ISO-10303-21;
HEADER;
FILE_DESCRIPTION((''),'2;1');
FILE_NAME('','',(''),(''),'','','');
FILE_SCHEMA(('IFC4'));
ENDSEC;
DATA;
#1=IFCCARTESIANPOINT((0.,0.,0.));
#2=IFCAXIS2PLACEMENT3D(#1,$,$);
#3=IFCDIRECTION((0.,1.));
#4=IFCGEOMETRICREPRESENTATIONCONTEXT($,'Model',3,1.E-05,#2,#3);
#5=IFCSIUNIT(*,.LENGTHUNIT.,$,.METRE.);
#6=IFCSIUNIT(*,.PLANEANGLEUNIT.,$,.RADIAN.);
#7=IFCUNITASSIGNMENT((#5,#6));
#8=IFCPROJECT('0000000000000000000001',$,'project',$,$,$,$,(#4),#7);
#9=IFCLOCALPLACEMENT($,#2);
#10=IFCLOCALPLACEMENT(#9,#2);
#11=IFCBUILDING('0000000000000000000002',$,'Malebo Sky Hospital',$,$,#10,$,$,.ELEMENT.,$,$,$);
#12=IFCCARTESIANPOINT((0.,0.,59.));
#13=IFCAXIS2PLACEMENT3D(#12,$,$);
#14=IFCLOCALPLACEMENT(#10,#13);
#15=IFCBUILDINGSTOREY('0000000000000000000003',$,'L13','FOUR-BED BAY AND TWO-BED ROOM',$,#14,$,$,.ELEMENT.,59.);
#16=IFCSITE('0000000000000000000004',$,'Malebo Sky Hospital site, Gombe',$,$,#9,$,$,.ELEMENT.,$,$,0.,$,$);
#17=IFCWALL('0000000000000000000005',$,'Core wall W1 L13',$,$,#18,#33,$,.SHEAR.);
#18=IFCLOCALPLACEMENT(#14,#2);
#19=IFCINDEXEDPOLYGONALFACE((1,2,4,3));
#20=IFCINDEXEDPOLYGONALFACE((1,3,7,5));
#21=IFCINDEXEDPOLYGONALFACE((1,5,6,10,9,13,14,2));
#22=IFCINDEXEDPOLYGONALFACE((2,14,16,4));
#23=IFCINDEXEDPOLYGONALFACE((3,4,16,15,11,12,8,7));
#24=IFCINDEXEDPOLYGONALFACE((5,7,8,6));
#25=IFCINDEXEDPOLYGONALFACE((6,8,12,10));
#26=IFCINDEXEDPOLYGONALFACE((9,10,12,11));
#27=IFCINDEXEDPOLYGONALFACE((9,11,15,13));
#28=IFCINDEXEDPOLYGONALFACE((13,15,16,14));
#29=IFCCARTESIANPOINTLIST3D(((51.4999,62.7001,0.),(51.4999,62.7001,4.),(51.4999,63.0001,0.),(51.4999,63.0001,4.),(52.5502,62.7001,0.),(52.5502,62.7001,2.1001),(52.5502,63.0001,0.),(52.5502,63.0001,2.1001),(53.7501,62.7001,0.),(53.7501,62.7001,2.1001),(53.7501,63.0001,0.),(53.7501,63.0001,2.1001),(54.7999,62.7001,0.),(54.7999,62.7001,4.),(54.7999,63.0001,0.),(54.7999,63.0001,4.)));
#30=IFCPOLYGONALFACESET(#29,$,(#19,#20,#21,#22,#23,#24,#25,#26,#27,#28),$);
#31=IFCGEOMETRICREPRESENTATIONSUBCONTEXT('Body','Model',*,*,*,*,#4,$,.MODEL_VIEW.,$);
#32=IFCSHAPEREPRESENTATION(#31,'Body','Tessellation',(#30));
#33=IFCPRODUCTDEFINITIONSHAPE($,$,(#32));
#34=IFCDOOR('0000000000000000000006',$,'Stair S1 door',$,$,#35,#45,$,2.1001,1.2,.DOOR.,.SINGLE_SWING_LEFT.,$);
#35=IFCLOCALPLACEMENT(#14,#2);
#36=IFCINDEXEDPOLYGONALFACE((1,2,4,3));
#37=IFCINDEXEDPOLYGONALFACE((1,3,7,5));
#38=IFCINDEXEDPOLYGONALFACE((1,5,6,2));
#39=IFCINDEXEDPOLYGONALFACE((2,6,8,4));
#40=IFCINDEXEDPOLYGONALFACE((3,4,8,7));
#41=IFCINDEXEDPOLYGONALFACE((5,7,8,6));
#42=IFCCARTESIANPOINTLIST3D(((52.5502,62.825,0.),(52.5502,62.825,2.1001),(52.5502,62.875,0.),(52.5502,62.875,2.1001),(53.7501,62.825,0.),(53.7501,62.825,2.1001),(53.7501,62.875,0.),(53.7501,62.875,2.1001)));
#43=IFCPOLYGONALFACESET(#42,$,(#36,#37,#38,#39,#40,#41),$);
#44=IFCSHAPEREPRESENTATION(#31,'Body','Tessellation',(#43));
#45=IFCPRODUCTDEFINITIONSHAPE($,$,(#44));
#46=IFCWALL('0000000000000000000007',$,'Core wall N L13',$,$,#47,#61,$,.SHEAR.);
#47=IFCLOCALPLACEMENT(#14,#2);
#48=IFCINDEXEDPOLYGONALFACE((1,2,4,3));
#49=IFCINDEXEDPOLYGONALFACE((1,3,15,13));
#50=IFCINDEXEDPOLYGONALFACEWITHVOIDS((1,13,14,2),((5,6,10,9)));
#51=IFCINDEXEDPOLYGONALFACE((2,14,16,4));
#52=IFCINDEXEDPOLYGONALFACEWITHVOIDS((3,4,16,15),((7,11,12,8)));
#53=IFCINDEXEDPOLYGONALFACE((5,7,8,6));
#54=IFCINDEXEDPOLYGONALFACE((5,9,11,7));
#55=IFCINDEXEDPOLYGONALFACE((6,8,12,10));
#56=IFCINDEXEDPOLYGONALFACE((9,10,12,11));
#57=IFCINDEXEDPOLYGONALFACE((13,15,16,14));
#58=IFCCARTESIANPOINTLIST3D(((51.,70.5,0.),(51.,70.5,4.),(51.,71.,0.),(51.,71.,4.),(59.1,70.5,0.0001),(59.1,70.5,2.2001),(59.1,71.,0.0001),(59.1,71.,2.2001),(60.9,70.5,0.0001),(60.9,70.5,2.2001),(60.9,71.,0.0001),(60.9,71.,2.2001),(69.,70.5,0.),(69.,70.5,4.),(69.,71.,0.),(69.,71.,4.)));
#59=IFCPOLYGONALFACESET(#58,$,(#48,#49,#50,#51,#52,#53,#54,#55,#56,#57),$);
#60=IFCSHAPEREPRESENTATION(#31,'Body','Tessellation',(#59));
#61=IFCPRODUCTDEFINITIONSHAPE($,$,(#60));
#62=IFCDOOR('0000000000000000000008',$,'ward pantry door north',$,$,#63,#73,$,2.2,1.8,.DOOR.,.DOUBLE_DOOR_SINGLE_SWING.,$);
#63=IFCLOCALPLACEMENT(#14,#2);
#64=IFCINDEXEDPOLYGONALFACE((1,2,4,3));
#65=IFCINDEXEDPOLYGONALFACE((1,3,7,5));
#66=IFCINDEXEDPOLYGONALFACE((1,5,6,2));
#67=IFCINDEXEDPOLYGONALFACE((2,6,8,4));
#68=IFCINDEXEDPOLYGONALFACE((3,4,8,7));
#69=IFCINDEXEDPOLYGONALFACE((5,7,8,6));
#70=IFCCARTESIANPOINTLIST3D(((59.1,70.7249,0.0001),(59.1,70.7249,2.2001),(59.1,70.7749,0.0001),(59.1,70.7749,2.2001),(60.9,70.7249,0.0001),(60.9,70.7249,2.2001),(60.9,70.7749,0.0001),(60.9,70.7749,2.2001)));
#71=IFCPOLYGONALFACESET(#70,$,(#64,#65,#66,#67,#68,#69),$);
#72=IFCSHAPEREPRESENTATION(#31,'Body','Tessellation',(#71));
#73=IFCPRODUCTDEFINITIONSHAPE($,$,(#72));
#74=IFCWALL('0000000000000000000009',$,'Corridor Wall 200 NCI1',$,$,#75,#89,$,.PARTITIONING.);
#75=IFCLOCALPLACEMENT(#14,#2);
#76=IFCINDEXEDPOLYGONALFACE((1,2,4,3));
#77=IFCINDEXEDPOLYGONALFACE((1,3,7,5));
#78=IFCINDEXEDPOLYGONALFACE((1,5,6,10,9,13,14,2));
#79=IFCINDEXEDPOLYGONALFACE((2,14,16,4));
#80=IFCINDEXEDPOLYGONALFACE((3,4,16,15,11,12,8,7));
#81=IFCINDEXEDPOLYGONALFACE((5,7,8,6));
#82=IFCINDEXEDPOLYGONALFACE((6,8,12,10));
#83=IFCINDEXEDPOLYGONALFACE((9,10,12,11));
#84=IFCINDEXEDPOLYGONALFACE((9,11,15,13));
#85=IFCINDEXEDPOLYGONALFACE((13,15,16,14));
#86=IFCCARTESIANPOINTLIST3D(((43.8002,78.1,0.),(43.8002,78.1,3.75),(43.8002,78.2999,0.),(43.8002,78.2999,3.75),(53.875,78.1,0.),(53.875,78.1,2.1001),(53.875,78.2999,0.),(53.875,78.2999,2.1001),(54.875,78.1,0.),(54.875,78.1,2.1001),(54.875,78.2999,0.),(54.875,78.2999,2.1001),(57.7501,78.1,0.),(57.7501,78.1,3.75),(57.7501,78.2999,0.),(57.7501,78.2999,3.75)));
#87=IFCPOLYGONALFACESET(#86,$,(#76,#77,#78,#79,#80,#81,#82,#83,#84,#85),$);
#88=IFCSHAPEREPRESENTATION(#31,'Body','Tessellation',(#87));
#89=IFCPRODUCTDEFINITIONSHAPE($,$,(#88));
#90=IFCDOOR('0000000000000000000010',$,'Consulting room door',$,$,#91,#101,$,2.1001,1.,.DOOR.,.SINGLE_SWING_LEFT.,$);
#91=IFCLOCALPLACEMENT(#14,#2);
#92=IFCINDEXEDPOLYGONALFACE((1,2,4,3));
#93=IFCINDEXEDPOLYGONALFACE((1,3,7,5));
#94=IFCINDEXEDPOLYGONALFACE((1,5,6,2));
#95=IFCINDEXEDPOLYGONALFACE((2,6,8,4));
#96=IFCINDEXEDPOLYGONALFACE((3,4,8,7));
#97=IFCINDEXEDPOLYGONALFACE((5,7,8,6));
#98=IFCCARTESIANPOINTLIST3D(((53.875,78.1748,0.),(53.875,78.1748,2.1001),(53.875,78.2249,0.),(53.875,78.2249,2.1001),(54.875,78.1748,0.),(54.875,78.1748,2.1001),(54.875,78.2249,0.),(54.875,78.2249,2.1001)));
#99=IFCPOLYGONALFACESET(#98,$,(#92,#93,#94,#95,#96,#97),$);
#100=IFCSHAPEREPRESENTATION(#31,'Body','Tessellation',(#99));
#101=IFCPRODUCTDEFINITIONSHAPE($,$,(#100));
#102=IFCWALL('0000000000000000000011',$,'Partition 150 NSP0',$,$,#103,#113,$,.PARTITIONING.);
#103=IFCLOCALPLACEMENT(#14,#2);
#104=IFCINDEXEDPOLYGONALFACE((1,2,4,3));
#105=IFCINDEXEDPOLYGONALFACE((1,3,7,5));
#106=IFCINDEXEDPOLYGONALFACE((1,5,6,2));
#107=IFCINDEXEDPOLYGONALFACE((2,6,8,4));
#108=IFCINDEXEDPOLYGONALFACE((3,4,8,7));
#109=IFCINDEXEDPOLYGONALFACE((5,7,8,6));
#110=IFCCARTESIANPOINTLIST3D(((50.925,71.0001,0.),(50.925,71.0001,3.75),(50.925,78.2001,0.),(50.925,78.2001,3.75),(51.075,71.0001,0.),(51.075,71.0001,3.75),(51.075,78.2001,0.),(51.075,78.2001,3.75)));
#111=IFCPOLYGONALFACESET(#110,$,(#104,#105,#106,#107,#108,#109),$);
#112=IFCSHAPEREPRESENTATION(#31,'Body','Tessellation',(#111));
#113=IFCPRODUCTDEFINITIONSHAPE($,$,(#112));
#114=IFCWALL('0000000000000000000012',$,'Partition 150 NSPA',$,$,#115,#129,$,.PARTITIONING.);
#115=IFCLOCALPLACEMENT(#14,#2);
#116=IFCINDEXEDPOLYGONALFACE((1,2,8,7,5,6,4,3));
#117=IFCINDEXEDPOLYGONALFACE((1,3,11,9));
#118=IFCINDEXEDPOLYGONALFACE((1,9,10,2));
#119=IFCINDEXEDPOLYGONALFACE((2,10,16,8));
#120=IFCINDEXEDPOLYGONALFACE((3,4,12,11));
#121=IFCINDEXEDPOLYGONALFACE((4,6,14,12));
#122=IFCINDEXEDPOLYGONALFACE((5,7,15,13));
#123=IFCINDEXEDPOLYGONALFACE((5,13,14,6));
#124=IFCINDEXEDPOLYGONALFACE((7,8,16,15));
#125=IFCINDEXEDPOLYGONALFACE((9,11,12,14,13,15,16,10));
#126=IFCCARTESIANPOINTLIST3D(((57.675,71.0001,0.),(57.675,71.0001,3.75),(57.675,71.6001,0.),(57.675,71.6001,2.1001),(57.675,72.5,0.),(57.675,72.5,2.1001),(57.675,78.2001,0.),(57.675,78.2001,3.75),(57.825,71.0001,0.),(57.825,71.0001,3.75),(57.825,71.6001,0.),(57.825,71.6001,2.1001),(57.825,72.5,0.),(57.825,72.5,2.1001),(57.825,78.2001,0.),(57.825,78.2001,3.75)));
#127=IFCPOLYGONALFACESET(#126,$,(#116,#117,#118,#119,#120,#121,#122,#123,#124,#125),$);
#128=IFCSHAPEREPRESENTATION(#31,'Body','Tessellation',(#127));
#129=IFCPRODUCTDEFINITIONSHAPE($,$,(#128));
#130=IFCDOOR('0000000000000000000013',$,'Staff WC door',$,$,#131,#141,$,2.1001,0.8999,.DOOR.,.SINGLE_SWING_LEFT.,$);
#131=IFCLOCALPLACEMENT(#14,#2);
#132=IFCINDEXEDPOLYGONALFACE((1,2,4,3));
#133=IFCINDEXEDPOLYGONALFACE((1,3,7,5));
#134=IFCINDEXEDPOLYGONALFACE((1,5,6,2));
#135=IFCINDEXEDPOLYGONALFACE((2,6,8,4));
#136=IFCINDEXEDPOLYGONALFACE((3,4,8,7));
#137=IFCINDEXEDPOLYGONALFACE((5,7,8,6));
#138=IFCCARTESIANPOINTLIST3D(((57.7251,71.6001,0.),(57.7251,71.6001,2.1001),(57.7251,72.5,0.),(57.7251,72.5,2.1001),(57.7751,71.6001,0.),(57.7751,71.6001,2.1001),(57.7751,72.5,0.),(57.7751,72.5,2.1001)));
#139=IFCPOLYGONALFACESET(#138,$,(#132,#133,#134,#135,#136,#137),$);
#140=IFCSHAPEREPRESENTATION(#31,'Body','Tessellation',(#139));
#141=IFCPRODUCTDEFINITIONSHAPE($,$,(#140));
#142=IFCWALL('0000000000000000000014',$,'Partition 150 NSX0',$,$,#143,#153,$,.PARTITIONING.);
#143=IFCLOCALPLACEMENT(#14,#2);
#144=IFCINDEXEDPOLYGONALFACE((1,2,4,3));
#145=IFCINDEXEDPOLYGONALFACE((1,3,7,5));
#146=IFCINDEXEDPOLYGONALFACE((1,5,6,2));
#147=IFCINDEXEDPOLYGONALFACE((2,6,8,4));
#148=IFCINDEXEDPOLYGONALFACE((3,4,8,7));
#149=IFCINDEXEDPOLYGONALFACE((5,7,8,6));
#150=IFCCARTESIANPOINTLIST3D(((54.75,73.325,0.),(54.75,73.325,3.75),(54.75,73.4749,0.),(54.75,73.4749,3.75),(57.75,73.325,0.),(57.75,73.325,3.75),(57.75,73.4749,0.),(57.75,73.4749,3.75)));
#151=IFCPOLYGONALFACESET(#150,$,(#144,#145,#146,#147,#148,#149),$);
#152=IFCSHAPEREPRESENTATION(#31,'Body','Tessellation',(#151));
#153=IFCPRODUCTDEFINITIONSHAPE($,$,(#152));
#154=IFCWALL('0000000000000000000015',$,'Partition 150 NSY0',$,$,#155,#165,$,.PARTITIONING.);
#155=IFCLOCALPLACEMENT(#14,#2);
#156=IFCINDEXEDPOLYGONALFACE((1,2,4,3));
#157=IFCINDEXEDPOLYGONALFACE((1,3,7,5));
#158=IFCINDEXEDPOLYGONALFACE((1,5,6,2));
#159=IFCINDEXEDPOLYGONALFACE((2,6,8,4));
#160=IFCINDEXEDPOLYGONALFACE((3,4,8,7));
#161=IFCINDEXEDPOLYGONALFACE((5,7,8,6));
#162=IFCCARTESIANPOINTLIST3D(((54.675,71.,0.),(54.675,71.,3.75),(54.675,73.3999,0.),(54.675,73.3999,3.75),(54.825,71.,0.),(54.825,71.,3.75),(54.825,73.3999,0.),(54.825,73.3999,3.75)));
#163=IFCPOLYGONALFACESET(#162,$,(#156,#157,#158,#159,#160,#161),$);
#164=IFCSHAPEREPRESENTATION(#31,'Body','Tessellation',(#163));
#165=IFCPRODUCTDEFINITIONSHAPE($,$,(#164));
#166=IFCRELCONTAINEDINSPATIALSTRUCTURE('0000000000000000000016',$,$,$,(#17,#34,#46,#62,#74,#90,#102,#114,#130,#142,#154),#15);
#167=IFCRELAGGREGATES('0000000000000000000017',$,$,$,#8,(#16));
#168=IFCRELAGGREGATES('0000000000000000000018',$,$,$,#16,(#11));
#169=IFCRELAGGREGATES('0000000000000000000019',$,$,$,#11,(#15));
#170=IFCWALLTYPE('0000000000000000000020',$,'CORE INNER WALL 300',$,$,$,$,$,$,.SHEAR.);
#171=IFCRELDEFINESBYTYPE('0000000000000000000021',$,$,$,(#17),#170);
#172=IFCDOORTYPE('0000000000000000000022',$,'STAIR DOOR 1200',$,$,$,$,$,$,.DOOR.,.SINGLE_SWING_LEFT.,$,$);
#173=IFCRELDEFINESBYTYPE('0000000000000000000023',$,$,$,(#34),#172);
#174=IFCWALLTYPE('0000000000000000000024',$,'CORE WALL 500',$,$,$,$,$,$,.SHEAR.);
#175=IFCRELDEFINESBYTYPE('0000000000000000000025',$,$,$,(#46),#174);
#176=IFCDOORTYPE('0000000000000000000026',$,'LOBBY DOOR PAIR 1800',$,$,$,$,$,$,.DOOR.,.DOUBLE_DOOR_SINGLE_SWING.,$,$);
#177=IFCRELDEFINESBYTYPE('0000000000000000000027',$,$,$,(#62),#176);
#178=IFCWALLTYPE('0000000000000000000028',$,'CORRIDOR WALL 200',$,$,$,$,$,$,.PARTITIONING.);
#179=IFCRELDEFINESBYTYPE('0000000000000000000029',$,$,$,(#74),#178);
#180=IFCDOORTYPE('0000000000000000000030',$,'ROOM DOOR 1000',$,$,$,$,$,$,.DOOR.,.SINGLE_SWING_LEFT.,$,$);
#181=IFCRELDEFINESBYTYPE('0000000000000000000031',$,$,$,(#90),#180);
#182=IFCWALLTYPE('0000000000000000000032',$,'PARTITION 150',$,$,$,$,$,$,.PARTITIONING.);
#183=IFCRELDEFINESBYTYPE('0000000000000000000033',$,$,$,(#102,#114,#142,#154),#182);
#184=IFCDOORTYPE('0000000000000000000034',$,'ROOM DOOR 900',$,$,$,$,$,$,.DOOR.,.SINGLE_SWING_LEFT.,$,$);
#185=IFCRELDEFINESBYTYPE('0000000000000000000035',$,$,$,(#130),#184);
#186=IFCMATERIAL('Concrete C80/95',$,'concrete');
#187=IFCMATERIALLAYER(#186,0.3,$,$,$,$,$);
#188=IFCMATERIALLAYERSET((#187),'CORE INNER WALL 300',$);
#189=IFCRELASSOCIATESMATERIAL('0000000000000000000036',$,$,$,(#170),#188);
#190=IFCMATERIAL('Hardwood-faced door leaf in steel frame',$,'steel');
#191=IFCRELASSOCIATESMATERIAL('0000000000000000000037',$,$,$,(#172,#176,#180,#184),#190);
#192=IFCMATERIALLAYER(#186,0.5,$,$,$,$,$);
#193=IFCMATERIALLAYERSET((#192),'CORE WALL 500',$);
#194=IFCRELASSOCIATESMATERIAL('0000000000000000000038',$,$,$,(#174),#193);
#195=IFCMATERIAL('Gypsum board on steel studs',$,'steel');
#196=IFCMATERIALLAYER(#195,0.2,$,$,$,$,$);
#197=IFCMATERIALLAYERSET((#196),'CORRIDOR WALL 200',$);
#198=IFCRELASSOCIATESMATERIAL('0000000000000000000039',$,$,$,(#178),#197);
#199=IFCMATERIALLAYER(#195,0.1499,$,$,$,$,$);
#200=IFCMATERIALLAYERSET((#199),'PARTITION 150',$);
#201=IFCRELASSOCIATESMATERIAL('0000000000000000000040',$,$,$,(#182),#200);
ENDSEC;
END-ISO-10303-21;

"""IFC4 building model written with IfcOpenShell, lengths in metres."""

from ifc_helpers import new_model, si_unit, direction, frame, frame_2d, origin, place, context, subcontext, project, spatial, rectangle, extrude, material, layer, layer_set, type_object, element, fill, save


model = new_model("IFC4")

# Units and contexts
model_context = context("Model", 3, precision=1e-05, world=origin(), true_north=direction((0.0, 1.0)))
body_context = subcontext(model_context, "Body", "Model", "MODEL_VIEW")
ifc_project = project(units=[si_unit("LENGTHUNIT", "METRE"), si_unit("PLANEANGLEUNIT", "RADIAN")], contexts=[model_context])

# Site, building, storey
site_placement = place(None, origin())
site = spatial("IfcSite", under=ifc_project, at=site_placement, Name="Malebo Sky Hospital site, Gombe", CompositionType="ELEMENT", RefElevation=0.0)
building_placement = place(site_placement, origin())
building = spatial("IfcBuilding", under=site, at=building_placement, Name="Malebo Sky Hospital", CompositionType="ELEMENT")
storey_placement = place(building_placement, frame((0.0, 0.0, 59.0)))
storey = spatial("IfcBuildingStorey", under=building, at=storey_placement, Name="L13", Description="FOUR-BED BAY AND TWO-BED ROOM", CompositionType="ELEMENT", Elevation=59.0)

# Shared definitions
ifc_material_1 = material(Name="Concrete C80/95", Category="concrete")

# Walls, openings, doors
ifc_layer_1 = layer(ifc_material_1, 0.3)
ifc_layer_set_1 = layer_set([ifc_layer_1], Name="CORE INNER WALL 300")
wall_type_1 = type_object("IfcWallType", Name="CORE INNER WALL 300", PredefinedType="SHEAR", material=ifc_layer_set_1)
wall_1_placement = place(storey_placement, frame((51.5, 62.8501, 0.0), z_axis=(0.0, 0.0, 1.0), x_axis=(1.0, 0.0, 0.0)))
wall_1 = element("IfcWall", 1, at=wall_1_placement, inside=storey, type_object=wall_type_1, Name="Core wall W1 L13", PredefinedType="SHEAR", context=body_context, shape_type="SweptSolid", body=[
    extrude(rectangle(XDim=3.3, YDim=0.3, at=frame_2d((1.6499, 0.0))), origin(), (0.0, 0.0, 1.0), 4.0),
])
opening_1_placement = place(wall_1_placement, frame((1.05, 0.0, 0.0)))
opening_1 = element("IfcOpeningElement", 2, at=opening_1_placement, cuts=wall_1, PredefinedType="OPENING", context=body_context, shape_type="SweptSolid", body=[
    extrude(rectangle(XDim=1.2, YDim=2.1001, at=frame_2d((0.6001, 1.05))), frame((0.0, 0.1599, 0.0), z_axis=(0.0, -1.0, 0.0), x_axis=(1.0, 0.0, 0.0)), (0.0, 0.0, 1.0), 0.3201),
])
ifc_material_2 = material(Name="Hardwood-faced door leaf in steel frame", Category="steel")
door_type_1 = type_object("IfcDoorType", Name="STAIR DOOR 1200", OperationType="SINGLE_SWING_LEFT", PredefinedType="DOOR", material=ifc_material_2)
door_1_placement = place(opening_1_placement, origin())
door_1 = element("IfcDoor", 3, at=door_1_placement, inside=storey, type_object=door_type_1, Name="Stair S1 door", OperationType="SINGLE_SWING_LEFT", OverallHeight=2.1001, OverallWidth=1.2, PredefinedType="DOOR", context=body_context, shape_type="SweptSolid", body=[
    extrude(rectangle(XDim=1.2, YDim=2.1001, at=frame_2d((0.6001, 1.05))), frame((0.0, 0.0249, 0.0), z_axis=(0.0, -1.0, 0.0), x_axis=(1.0, 0.0, 0.0)), (0.0, 0.0, 1.0), 0.05),
])
fill(opening_1, door_1)
ifc_layer_2 = layer(ifc_material_1, 0.5)
ifc_layer_set_2 = layer_set([ifc_layer_2], Name="CORE WALL 500")
wall_type_2 = type_object("IfcWallType", Name="CORE WALL 500", PredefinedType="SHEAR", material=ifc_layer_set_2)
wall_2_placement = place(storey_placement, frame((51.0, 70.75, 0.0), z_axis=(0.0, 0.0, 1.0), x_axis=(1.0, 0.0, 0.0)))
wall_2 = element("IfcWall", 4, at=wall_2_placement, inside=storey, type_object=wall_type_2, Name="Core wall N L13", PredefinedType="SHEAR", context=body_context, shape_type="SweptSolid", body=[
    extrude(rectangle(XDim=18.0, YDim=0.5, at=frame_2d((9.0, 0.0))), origin(), (0.0, 0.0, 1.0), 4.0),
])
opening_2_placement = place(wall_2_placement, frame((8.1001, 0.0, 0.0)))
opening_2 = element("IfcOpeningElement", 5, at=opening_2_placement, cuts=wall_2, PredefinedType="OPENING", context=body_context, shape_type="SweptSolid", body=[
    extrude(rectangle(XDim=1.8, YDim=2.2, at=frame_2d((0.8999, 1.1001))), frame((0.0, 0.26, 0.0), z_axis=(0.0, -1.0, 0.0), x_axis=(1.0, 0.0, 0.0)), (0.0, 0.0, 1.0), 0.52),
])
door_type_2 = type_object("IfcDoorType", Name="LOBBY DOOR PAIR 1800", OperationType="DOUBLE_DOOR_SINGLE_SWING", PredefinedType="DOOR", material=ifc_material_2)
door_2_placement = place(opening_2_placement, origin())
door_2 = element("IfcDoor", 6, at=door_2_placement, inside=storey, type_object=door_type_2, Name="ward pantry door north", OperationType="DOUBLE_DOOR_SINGLE_SWING", OverallHeight=2.2, OverallWidth=1.8, PredefinedType="DOOR", context=body_context, shape_type="SweptSolid", body=[
    extrude(rectangle(XDim=1.8, YDim=2.2, at=frame_2d((0.8999, 1.1001))), frame((0.0, 0.0249, 0.0), z_axis=(0.0, -1.0, 0.0), x_axis=(1.0, 0.0, 0.0)), (0.0, 0.0, 1.0), 0.05),
])
fill(opening_2, door_2)
ifc_material_3 = material(Name="Gypsum board on steel studs", Category="steel")
ifc_layer_3 = layer(ifc_material_3, 0.2)
ifc_layer_set_3 = layer_set([ifc_layer_3], Name="CORRIDOR WALL 200")
wall_type_3 = type_object("IfcWallType", Name="CORRIDOR WALL 200", PredefinedType="PARTITIONING", material=ifc_layer_set_3)
wall_3_placement = place(storey_placement, frame((43.8, 78.2, 0.0), z_axis=(0.0, 0.0, 1.0), x_axis=(1.0, 0.0, 0.0)))
wall_3 = element("IfcWall", 7, at=wall_3_placement, inside=storey, type_object=wall_type_3, Name="Corridor Wall 200 NCI1", PredefinedType="PARTITIONING", context=body_context, shape_type="SweptSolid", body=[
    extrude(rectangle(XDim=13.95, YDim=0.2, at=frame_2d((6.9751, 0.0))), origin(), (0.0, 0.0, 1.0), 3.75),
])
opening_3_placement = place(wall_3_placement, frame((10.075, 0.0, 0.0)))
opening_3 = element("IfcOpeningElement", 8, at=opening_3_placement, cuts=wall_3, PredefinedType="OPENING", context=body_context, shape_type="SweptSolid", body=[
    extrude(rectangle(XDim=1.0, YDim=2.1001, at=frame_2d((0.5, 1.05))), frame((0.0, 0.1099, 0.0), z_axis=(0.0, -1.0, 0.0), x_axis=(1.0, 0.0, 0.0)), (0.0, 0.0, 1.0), 0.22),
])
door_type_3 = type_object("IfcDoorType", Name="ROOM DOOR 1000", OperationType="SINGLE_SWING_LEFT", PredefinedType="DOOR", material=ifc_material_2)
door_3_placement = place(opening_3_placement, origin())
door_3 = element("IfcDoor", 9, at=door_3_placement, inside=storey, type_object=door_type_3, Name="Consulting room door", OperationType="SINGLE_SWING_LEFT", OverallHeight=2.1001, OverallWidth=1.0, PredefinedType="DOOR", context=body_context, shape_type="SweptSolid", body=[
    extrude(rectangle(XDim=1.0, YDim=2.1001, at=frame_2d((0.5, 1.05))), frame((0.0, 0.0249, 0.0), z_axis=(0.0, -1.0, 0.0), x_axis=(1.0, 0.0, 0.0)), (0.0, 0.0, 1.0), 0.05),
])
fill(opening_3, door_3)

# Wall
ifc_layer_4 = layer(ifc_material_3, 0.1499)
ifc_layer_set_4 = layer_set([ifc_layer_4], Name="PARTITION 150")
wall_type_4 = type_object("IfcWallType", Name="PARTITION 150", PredefinedType="PARTITIONING", material=ifc_layer_set_4)
wall_4_placement = place(storey_placement, frame((51.0, 71.0, 0.0), z_axis=(0.0, 0.0, 1.0), x_axis=(0.0, 1.0, 0.0)))
element("IfcWall", 10, at=wall_4_placement, inside=storey, type_object=wall_type_4, Name="Partition 150 NSP0", PredefinedType="PARTITIONING", context=body_context, shape_type="SweptSolid", body=[
    extrude(rectangle(XDim=7.2, YDim=0.1499, at=frame_2d((3.6001, 0.0))), origin(), (0.0, 0.0, 1.0), 3.75),
])

# Wall, opening, door
wall_5_placement = place(storey_placement, frame((57.75, 71.0, 0.0), z_axis=(0.0, 0.0, 1.0), x_axis=(0.0, 1.0, 0.0)))
wall_5 = element("IfcWall", 11, at=wall_5_placement, inside=storey, type_object=wall_type_4, Name="Partition 150 NSPA", PredefinedType="PARTITIONING", context=body_context, shape_type="SweptSolid", body=[
    extrude(rectangle(XDim=7.2, YDim=0.1499, at=frame_2d((3.6001, 0.0))), origin(), (0.0, 0.0, 1.0), 3.75),
])
opening_4_placement = place(wall_5_placement, frame((0.6001, 0.0, 0.0)))
opening_4 = element("IfcOpeningElement", 12, at=opening_4_placement, cuts=wall_5, PredefinedType="OPENING", context=body_context, shape_type="SweptSolid", body=[
    extrude(rectangle(XDim=0.8999, YDim=2.1001, at=frame_2d((0.45, 1.05))), frame((0.0, 0.085, 0.0), z_axis=(0.0, -1.0, 0.0), x_axis=(1.0, 0.0, 0.0)), (0.0, 0.0, 1.0), 0.1699),
])
door_type_4 = type_object("IfcDoorType", Name="ROOM DOOR 900", OperationType="SINGLE_SWING_LEFT", PredefinedType="DOOR", material=ifc_material_2)
door_4_placement = place(opening_4_placement, origin())
door_4 = element("IfcDoor", 13, at=door_4_placement, inside=storey, type_object=door_type_4, Name="Staff WC door", OperationType="SINGLE_SWING_LEFT", OverallHeight=2.1001, OverallWidth=0.8999, PredefinedType="DOOR", context=body_context, shape_type="SweptSolid", body=[
    extrude(rectangle(XDim=0.8999, YDim=2.1001, at=frame_2d((0.45, 1.05))), frame((0.0, 0.0249, 0.0), z_axis=(0.0, -1.0, 0.0), x_axis=(1.0, 0.0, 0.0)), (0.0, 0.0, 1.0), 0.05),
])
fill(opening_4, door_4)

# Walls
wall_6_placement = place(storey_placement, frame((54.75, 73.3999, 0.0), z_axis=(0.0, 0.0, 1.0), x_axis=(1.0, 0.0, 0.0)))
element("IfcWall", 14, at=wall_6_placement, inside=storey, type_object=wall_type_4, Name="Partition 150 NSX0", PredefinedType="PARTITIONING", context=body_context, shape_type="SweptSolid", body=[
    extrude(rectangle(XDim=3.0, YDim=0.1499, at=frame_2d((1.5, 0.0))), origin(), (0.0, 0.0, 1.0), 3.75),
])
wall_7_placement = place(storey_placement, frame((54.75, 71.0, 0.0), z_axis=(0.0, 0.0, 1.0), x_axis=(0.0, 1.0, 0.0)))
element("IfcWall", 15, at=wall_7_placement, inside=storey, type_object=wall_type_4, Name="Partition 150 NSY0", PredefinedType="PARTITIONING", context=body_context, shape_type="SweptSolid", body=[
    extrude(rectangle(XDim=2.3999, YDim=0.1499, at=frame_2d((1.2, 0.0))), origin(), (0.0, 0.0, 1.0), 3.75),
])

save(model, "model.ifc")
